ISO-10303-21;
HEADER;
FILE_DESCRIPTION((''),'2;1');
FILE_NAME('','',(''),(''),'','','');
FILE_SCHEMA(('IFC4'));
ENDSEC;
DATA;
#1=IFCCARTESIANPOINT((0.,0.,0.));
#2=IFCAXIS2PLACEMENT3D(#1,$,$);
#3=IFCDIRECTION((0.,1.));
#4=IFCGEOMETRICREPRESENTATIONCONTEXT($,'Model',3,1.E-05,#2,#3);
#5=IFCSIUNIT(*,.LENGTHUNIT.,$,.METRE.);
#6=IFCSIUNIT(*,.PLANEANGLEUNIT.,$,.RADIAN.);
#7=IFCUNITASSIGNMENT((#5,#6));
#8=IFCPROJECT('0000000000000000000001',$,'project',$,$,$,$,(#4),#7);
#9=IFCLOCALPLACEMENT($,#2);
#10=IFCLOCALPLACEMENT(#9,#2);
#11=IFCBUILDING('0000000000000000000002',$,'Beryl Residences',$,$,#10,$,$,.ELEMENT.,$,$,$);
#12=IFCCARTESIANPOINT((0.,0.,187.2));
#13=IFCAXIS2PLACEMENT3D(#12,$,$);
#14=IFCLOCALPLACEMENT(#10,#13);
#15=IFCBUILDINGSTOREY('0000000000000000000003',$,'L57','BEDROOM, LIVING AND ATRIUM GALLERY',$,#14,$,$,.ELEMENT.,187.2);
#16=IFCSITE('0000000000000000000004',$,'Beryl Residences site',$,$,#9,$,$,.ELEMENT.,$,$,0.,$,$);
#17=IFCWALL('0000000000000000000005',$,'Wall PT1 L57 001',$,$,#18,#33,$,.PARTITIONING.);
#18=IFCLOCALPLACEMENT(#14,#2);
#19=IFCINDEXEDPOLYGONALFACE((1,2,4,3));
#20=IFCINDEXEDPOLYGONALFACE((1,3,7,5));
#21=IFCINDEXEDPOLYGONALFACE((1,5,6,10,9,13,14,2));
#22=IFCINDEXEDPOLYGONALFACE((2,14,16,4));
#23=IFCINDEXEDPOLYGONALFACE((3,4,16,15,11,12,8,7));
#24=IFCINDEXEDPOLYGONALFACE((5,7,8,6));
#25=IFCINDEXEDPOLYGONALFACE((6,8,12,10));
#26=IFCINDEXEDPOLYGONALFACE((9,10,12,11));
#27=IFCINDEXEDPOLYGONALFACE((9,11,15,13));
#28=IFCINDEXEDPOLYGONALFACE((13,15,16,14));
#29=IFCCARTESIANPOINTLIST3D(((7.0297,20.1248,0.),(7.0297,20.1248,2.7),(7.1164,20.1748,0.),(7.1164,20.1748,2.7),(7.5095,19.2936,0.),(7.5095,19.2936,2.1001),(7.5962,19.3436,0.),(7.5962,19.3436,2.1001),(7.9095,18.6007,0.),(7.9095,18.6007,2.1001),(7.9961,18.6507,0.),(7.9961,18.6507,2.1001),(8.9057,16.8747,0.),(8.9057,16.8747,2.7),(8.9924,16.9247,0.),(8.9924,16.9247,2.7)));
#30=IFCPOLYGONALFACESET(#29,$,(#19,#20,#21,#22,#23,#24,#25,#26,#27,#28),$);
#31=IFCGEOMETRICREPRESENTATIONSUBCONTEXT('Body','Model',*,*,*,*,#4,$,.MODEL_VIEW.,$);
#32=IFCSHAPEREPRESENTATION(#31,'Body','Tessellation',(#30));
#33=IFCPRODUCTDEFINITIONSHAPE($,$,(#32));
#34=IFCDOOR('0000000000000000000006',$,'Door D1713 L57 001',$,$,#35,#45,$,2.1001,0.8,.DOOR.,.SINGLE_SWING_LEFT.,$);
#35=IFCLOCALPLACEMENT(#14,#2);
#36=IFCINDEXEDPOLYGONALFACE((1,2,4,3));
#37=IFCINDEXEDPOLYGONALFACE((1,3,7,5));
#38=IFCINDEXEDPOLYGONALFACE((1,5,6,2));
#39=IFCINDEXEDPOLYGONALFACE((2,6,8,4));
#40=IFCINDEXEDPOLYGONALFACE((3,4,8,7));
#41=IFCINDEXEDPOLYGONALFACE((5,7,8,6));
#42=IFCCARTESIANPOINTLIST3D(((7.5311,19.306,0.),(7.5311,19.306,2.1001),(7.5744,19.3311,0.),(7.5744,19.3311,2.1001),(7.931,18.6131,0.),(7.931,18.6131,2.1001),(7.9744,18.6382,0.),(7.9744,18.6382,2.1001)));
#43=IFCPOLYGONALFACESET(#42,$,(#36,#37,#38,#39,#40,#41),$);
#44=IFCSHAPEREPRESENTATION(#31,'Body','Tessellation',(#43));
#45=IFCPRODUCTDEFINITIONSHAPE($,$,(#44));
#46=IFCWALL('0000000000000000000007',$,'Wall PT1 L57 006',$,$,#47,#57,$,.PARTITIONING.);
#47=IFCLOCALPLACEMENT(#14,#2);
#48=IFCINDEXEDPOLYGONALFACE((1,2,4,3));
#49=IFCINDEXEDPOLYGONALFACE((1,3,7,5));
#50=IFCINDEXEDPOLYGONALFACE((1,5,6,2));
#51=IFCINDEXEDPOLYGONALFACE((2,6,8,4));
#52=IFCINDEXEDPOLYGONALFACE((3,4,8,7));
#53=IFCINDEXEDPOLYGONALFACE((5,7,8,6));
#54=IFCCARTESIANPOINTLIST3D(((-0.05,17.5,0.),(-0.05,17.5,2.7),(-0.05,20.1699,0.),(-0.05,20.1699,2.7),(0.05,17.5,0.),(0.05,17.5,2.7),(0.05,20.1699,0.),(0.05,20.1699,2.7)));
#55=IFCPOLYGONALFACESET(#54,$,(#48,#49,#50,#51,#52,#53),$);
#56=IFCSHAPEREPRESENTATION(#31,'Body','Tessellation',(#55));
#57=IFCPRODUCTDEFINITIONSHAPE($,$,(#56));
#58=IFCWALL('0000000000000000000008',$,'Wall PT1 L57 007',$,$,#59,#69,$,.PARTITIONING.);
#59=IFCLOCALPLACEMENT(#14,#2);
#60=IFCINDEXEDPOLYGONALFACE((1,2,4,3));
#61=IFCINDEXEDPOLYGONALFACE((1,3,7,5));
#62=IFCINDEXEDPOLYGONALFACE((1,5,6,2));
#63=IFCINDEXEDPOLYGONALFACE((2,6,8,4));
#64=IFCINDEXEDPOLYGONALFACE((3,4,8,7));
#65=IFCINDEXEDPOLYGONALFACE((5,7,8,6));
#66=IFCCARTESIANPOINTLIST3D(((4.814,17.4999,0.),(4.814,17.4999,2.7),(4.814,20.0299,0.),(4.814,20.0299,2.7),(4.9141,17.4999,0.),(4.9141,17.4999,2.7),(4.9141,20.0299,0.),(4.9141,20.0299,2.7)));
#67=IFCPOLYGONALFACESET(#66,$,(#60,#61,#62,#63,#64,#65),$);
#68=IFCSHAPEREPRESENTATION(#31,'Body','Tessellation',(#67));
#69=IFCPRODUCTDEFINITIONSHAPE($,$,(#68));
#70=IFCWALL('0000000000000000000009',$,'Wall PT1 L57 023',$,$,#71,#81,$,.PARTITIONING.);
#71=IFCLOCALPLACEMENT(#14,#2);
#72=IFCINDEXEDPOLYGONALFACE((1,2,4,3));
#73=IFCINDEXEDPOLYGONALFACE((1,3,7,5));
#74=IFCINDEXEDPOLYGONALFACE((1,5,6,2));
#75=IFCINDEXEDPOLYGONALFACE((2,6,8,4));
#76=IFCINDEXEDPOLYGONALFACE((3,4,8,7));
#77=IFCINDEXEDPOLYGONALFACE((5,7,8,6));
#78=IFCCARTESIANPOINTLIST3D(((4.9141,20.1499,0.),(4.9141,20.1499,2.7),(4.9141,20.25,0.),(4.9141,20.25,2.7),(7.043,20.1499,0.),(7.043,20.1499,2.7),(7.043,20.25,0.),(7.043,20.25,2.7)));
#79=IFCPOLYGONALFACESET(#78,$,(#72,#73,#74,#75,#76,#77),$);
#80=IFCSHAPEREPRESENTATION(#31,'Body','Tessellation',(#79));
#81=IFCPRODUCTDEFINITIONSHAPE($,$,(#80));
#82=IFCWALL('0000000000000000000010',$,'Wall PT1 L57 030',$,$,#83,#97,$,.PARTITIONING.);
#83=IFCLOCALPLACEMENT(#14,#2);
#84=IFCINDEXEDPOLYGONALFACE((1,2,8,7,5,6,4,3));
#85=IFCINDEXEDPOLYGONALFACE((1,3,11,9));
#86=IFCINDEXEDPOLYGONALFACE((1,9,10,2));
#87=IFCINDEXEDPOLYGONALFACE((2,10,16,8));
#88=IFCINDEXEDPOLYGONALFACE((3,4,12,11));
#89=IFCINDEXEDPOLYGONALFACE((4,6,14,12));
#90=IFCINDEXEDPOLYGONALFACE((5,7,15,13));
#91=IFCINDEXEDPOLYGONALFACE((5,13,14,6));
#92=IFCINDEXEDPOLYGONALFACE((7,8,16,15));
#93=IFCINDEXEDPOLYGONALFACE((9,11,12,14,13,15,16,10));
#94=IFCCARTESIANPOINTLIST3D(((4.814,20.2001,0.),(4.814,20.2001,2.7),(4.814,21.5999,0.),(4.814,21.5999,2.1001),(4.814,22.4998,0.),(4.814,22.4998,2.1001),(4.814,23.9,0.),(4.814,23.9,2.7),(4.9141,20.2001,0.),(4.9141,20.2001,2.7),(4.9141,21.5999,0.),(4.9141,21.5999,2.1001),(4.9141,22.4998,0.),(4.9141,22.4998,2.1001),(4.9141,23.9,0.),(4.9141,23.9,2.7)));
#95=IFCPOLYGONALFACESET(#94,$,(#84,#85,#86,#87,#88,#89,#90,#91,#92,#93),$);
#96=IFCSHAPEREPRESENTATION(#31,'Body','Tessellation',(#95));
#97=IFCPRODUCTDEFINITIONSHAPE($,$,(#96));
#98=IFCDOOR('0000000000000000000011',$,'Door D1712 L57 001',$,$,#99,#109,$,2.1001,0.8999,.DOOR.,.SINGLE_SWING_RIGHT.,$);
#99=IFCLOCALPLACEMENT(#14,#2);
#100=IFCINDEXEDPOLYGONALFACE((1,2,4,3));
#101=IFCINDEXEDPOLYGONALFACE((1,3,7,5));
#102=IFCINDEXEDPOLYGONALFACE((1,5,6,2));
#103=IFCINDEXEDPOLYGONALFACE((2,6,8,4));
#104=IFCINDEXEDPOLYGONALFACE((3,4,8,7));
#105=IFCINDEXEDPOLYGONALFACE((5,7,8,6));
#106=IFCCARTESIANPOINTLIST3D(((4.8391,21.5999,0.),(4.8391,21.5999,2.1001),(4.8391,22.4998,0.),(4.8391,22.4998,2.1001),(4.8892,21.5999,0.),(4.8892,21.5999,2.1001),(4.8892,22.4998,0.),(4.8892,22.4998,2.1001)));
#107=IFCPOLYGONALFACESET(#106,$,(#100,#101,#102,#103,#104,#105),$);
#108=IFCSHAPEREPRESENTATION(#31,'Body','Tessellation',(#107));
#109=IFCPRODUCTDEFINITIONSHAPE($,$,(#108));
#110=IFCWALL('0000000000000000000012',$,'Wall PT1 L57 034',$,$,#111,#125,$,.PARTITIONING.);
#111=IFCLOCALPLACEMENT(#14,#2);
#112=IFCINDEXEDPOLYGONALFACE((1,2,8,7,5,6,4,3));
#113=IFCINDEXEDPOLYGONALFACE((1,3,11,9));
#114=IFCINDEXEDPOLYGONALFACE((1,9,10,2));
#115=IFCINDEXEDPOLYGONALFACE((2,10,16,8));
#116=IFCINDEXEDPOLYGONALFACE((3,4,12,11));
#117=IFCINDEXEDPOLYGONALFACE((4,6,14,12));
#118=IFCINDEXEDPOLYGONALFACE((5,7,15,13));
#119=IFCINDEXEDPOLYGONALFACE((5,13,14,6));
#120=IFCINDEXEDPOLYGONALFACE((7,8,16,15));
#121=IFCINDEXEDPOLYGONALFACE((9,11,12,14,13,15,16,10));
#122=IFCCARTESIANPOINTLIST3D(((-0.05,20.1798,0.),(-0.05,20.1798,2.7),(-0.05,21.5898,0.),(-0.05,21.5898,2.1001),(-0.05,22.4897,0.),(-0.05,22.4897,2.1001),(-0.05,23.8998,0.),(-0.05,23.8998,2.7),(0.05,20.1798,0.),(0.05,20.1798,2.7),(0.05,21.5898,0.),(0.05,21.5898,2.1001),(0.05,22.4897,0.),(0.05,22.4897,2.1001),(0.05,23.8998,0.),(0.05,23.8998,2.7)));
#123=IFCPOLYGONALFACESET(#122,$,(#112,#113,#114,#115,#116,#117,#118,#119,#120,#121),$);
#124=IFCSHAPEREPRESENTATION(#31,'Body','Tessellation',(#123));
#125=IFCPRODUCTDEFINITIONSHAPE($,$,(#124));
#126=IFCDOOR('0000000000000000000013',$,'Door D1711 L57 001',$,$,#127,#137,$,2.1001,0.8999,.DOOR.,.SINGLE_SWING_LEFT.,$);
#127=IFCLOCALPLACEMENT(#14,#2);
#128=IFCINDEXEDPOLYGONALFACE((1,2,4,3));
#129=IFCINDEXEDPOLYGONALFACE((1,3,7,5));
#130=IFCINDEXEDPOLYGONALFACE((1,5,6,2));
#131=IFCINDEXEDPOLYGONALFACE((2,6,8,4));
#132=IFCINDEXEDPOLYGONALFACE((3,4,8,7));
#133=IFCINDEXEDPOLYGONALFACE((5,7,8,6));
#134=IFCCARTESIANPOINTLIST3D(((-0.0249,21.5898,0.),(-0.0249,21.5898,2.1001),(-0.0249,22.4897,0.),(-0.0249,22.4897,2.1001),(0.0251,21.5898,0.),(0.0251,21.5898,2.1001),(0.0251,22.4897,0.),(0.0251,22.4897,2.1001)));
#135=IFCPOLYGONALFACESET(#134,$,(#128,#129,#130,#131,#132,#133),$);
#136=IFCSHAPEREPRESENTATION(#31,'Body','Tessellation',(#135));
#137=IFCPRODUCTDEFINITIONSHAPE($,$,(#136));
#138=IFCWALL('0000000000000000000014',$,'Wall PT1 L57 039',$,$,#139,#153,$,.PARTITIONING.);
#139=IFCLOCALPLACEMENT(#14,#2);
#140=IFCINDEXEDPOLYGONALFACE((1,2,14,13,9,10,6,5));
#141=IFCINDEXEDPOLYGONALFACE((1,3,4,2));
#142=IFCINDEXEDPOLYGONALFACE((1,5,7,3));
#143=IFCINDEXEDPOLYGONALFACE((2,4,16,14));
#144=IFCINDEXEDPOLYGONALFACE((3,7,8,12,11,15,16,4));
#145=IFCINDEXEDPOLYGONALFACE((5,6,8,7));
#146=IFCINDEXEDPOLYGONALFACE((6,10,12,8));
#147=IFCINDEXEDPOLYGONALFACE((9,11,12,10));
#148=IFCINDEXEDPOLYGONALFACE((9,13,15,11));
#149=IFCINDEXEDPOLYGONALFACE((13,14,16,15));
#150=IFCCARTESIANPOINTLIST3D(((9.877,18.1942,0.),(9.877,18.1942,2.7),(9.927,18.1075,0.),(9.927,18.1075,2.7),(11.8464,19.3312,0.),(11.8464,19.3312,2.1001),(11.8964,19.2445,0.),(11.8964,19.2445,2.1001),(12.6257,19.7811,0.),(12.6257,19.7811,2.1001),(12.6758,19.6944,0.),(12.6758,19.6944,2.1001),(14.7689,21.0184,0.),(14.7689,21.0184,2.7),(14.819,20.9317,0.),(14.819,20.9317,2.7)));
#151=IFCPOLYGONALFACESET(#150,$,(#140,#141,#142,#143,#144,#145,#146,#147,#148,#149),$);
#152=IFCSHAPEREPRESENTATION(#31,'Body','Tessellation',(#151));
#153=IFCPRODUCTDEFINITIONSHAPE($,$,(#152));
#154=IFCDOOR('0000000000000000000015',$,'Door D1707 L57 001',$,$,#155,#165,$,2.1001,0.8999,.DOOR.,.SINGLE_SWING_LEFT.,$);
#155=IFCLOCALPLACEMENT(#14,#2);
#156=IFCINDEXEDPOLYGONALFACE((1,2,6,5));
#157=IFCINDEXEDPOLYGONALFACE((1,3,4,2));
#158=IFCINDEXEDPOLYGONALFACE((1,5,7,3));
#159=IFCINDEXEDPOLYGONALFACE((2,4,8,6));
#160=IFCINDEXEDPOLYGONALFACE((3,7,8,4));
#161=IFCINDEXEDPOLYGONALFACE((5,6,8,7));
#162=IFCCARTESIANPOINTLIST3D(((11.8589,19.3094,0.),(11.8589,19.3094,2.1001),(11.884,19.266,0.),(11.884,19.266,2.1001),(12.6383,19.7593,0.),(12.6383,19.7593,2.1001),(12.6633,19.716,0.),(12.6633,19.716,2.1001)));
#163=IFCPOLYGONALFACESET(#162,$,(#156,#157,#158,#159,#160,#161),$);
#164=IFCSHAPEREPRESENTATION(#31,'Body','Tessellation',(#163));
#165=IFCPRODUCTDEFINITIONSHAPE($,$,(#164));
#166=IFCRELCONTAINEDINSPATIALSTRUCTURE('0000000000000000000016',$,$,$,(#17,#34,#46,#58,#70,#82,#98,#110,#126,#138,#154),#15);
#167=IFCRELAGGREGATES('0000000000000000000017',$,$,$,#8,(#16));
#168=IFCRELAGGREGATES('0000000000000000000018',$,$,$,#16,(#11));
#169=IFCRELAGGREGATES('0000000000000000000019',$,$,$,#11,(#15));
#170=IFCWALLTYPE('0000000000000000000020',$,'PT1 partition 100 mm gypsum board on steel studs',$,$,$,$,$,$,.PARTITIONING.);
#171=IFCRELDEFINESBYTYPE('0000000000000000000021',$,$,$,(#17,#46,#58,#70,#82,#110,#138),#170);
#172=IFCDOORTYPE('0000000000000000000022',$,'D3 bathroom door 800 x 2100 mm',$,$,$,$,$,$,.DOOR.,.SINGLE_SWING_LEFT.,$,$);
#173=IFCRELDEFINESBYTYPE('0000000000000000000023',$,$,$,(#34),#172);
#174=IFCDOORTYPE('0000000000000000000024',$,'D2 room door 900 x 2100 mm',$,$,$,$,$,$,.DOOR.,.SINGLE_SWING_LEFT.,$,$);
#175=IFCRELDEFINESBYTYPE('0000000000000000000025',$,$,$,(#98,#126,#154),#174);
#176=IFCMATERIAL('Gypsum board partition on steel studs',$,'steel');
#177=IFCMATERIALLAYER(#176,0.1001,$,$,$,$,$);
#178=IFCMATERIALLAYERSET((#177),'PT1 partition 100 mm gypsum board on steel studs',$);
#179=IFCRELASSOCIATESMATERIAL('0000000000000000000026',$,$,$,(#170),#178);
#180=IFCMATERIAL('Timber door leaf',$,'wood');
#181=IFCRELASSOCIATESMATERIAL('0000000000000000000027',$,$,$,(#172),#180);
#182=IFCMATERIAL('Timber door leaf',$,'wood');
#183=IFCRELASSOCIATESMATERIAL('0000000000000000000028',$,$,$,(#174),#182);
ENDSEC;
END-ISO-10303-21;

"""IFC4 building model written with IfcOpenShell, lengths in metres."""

from ifc_helpers import new_model, si_unit, direction, frame, frame_2d, origin, place, context, subcontext, project, spatial, rectangle, extrude, material, layer, layer_set, type_object, element, fill, save


model = new_model("IFC4")

# Units and contexts
model_context = context("Model", 3, precision=1e-05, world=origin(), true_north=direction((0.0, 1.0)))
body_context = subcontext(model_context, "Body", "Model", "MODEL_VIEW")
ifc_project = project(units=[si_unit("LENGTHUNIT", "METRE"), si_unit("PLANEANGLEUNIT", "RADIAN")], contexts=[model_context])

# Site, building, storey
site_placement = place(None, origin())
site = spatial("IfcSite", under=ifc_project, at=site_placement, Name="Beryl Residences site", CompositionType="ELEMENT", RefElevation=0.0)
building_placement = place(site_placement, origin())
building = spatial("IfcBuilding", under=site, at=building_placement, Name="Beryl Residences", CompositionType="ELEMENT")
storey_placement = place(building_placement, frame((0.0, 0.0, 187.2)))
storey = spatial("IfcBuildingStorey", under=building, at=storey_placement, Name="L57", Description="BEDROOM, LIVING AND ATRIUM GALLERY", CompositionType="ELEMENT", Elevation=187.2)

# Wall, opening, door
ifc_material_1 = material(Name="Gypsum board partition on steel studs", Category="steel")
ifc_layer_1 = layer(ifc_material_1, 0.1001)
ifc_layer_set_1 = layer_set([ifc_layer_1], Name="PT1 partition 100 mm gypsum board on steel studs")
wall_type_1 = type_object("IfcWallType", Name="PT1 partition 100 mm gypsum board on steel studs", PredefinedType="PARTITIONING", material=ifc_layer_set_1)
wall_1_placement = place(storey_placement, frame((7.073, 20.1499, 0.0), z_axis=(0.0, 0.0, 1.0), x_axis=(0.499918, -0.866073, 0.0)))
wall_1 = element("IfcWall", 1, at=wall_1_placement, inside=storey, type_object=wall_type_1, Name="Wall PT1 L57 001", PredefinedType="PARTITIONING", context=body_context, shape_type="SweptSolid", body=[
    extrude(rectangle(XDim=3.7527, YDim=0.1001, at=frame_2d((1.8765, 0.0))), origin(), (0.0, 0.0, 1.0), 2.7),
])
opening_1_placement = place(wall_1_placement, frame((0.96, 0.0, 0.0)))
opening_1 = element("IfcOpeningElement", 2, at=opening_1_placement, cuts=wall_1, PredefinedType="OPENING", context=body_context, shape_type="SweptSolid", body=[
    extrude(rectangle(XDim=0.8, YDim=2.1001, at=frame_2d((0.3999, 1.05))), frame((0.0, 0.0601, 0.0), z_axis=(0.0, -1.0, 0.0), x_axis=(1.0, 0.0, 0.0)), (0.0, 0.0, 1.0), 0.1201),
])
ifc_material_2 = material(Name="Timber door leaf", Category="wood")
door_type_1 = type_object("IfcDoorType", Name="D3 bathroom door 800 x 2100 mm", OperationType="SINGLE_SWING_LEFT", PredefinedType="DOOR", material=ifc_material_2)
door_1_placement = place(opening_1_placement, origin())
door_1 = element("IfcDoor", 3, at=door_1_placement, inside=storey, type_object=door_type_1, Name="Door D1713 L57 001", OperationType="SINGLE_SWING_LEFT", OverallHeight=2.1001, OverallWidth=0.8, PredefinedType="DOOR", context=body_context, shape_type="SweptSolid", body=[
    extrude(rectangle(XDim=0.8, YDim=2.1001, at=frame_2d((0.3999, 1.05))), frame((0.0, 0.0249, 0.0), z_axis=(0.0, -1.0, 0.0), x_axis=(1.0, 0.0, 0.0)), (0.0, 0.0, 1.0), 0.05),
])
fill(opening_1, door_1)

# Walls
wall_2_placement = place(storey_placement, frame((0.0, 20.1699, 0.0), z_axis=(0.0, 0.0, 1.0), x_axis=(0.0, -1.0, 0.0)))
element("IfcWall", 4, at=wall_2_placement, inside=storey, type_object=wall_type_1, Name="Wall PT1 L57 006", PredefinedType="PARTITIONING", context=body_context, shape_type="SweptSolid", body=[
    extrude(rectangle(XDim=2.6699, YDim=0.1001, at=frame_2d((1.335, 0.0))), origin(), (0.0, 0.0, 1.0), 2.7),
])
wall_3_placement = place(storey_placement, frame((4.864, 20.03, 0.0), z_axis=(0.0, 0.0, 1.0), x_axis=(0.0, -1.0, 0.0)))
element("IfcWall", 5, at=wall_3_placement, inside=storey, type_object=wall_type_1, Name="Wall PT1 L57 007", PredefinedType="PARTITIONING", context=body_context, shape_type="SweptSolid", body=[
    extrude(rectangle(XDim=2.53, YDim=0.1001, at=frame_2d((1.2651, 0.0))), origin(), (0.0, 0.0, 1.0), 2.7),
])
wall_4_placement = place(storey_placement, frame((4.9141, 20.2, 0.0), z_axis=(0.0, 0.0, 1.0), x_axis=(1.0, 0.0, 0.0)))
element("IfcWall", 6, at=wall_4_placement, inside=storey, type_object=wall_type_1, Name="Wall PT1 L57 023", PredefinedType="PARTITIONING", context=body_context, shape_type="SweptSolid", body=[
    extrude(rectangle(XDim=2.1289, YDim=0.1001, at=frame_2d((1.0645, 0.0))), origin(), (0.0, 0.0, 1.0), 2.7),
])

# Walls, openings, doors
wall_5_placement = place(storey_placement, frame((4.864, 20.2, 0.0), z_axis=(0.0, 0.0, 1.0), x_axis=(0.0, 1.0, 0.0)))
wall_5 = element("IfcWall", 7, at=wall_5_placement, inside=storey, type_object=wall_type_1, Name="Wall PT1 L57 030", PredefinedType="PARTITIONING", context=body_context, shape_type="SweptSolid", body=[
    extrude(rectangle(XDim=3.7, YDim=0.1001, at=frame_2d((1.8501, 0.0))), origin(), (0.0, 0.0, 1.0), 2.7),
])
opening_2_placement = place(wall_5_placement, frame((1.3999, 0.0, 0.0)))
opening_2 = element("IfcOpeningElement", 8, at=opening_2_placement, cuts=wall_5, PredefinedType="OPENING", context=body_context, shape_type="SweptSolid", body=[
    extrude(rectangle(XDim=0.8999, YDim=2.1001, at=frame_2d((0.45, 1.05))), frame((0.0, 0.0601, 0.0), z_axis=(0.0, -1.0, 0.0), x_axis=(1.0, 0.0, 0.0)), (0.0, 0.0, 1.0), 0.1201),
])
ifc_material_3 = material(Name="Timber door leaf", Category="wood")
door_type_2 = type_object("IfcDoorType", Name="D2 room door 900 x 2100 mm", OperationType="SINGLE_SWING_LEFT", PredefinedType="DOOR", material=ifc_material_3)
door_2_placement = place(opening_2_placement, origin())
door_2 = element("IfcDoor", 9, at=door_2_placement, inside=storey, type_object=door_type_2, Name="Door D1712 L57 001", OperationType="SINGLE_SWING_RIGHT", OverallHeight=2.1001, OverallWidth=0.8999, PredefinedType="DOOR", context=body_context, shape_type="SweptSolid", body=[
    extrude(rectangle(XDim=0.8999, YDim=2.1001, at=frame_2d((0.45, 1.05))), frame((0.0, 0.0249, 0.0), z_axis=(0.0, -1.0, 0.0), x_axis=(1.0, 0.0, 0.0)), (0.0, 0.0, 1.0), 0.05),
])
fill(opening_2, door_2)
wall_6_placement = place(storey_placement, frame((0.0, 20.1799, 0.0), z_axis=(0.0, 0.0, 1.0), x_axis=(0.0, 1.0, 0.0)))
wall_6 = element("IfcWall", 10, at=wall_6_placement, inside=storey, type_object=wall_type_1, Name="Wall PT1 L57 034", PredefinedType="PARTITIONING", context=body_context, shape_type="SweptSolid", body=[
    extrude(rectangle(XDim=3.72, YDim=0.1001, at=frame_2d((1.8599, 0.0))), origin(), (0.0, 0.0, 1.0), 2.7),
])
opening_3_placement = place(wall_6_placement, frame((1.4099, 0.0, 0.0)))
opening_3 = element("IfcOpeningElement", 11, at=opening_3_placement, cuts=wall_6, PredefinedType="OPENING", context=body_context, shape_type="SweptSolid", body=[
    extrude(rectangle(XDim=0.8999, YDim=2.1001, at=frame_2d((0.45, 1.05))), frame((0.0, 0.0601, 0.0), z_axis=(0.0, -1.0, 0.0), x_axis=(1.0, 0.0, 0.0)), (0.0, 0.0, 1.0), 0.1201),
])
door_3_placement = place(opening_3_placement, origin())
door_3 = element("IfcDoor", 12, at=door_3_placement, inside=storey, type_object=door_type_2, Name="Door D1711 L57 001", OperationType="SINGLE_SWING_LEFT", OverallHeight=2.1001, OverallWidth=0.8999, PredefinedType="DOOR", context=body_context, shape_type="SweptSolid", body=[
    extrude(rectangle(XDim=0.8999, YDim=2.1001, at=frame_2d((0.45, 1.05))), frame((0.0, 0.0249, 0.0), z_axis=(0.0, -1.0, 0.0), x_axis=(1.0, 0.0, 0.0)), (0.0, 0.0, 1.0), 0.05),
])
fill(opening_3, door_3)
wall_7_placement = place(storey_placement, frame((9.9021, 18.1509, 0.0), z_axis=(0.0, 0.0, 1.0), x_axis=(0.866032, 0.499988, 0.0)))
wall_7 = element("IfcWall", 13, at=wall_7_placement, inside=storey, type_object=wall_type_1, Name="Wall PT1 L57 039", PredefinedType="PARTITIONING", context=body_context, shape_type="SweptSolid", body=[
    extrude(rectangle(XDim=5.6487, YDim=0.1001, at=frame_2d((2.8242, 0.0))), origin(), (0.0, 0.0, 1.0), 2.7),
])
opening_4_placement = place(wall_7_placement, frame((2.2739, 0.0, 0.0)))
opening_4 = element("IfcOpeningElement", 14, at=opening_4_placement, cuts=wall_7, PredefinedType="OPENING", context=body_context, shape_type="SweptSolid", body=[
    extrude(rectangle(XDim=0.8999, YDim=2.1001, at=frame_2d((0.45, 1.05))), frame((0.0, 0.0601, 0.0), z_axis=(0.0, -1.0, 0.0), x_axis=(1.0, 0.0, 0.0)), (0.0, 0.0, 1.0), 0.1201),
])
door_4_placement = place(opening_4_placement, origin())
door_4 = element("IfcDoor", 15, at=door_4_placement, inside=storey, type_object=door_type_2, Name="Door D1707 L57 001", OperationType="SINGLE_SWING_LEFT", OverallHeight=2.1001, OverallWidth=0.8999, PredefinedType="DOOR", context=body_context, shape_type="SweptSolid", body=[
    extrude(rectangle(XDim=0.8999, YDim=2.1001, at=frame_2d((0.45, 1.05))), frame((0.0, 0.0249, 0.0), z_axis=(0.0, -1.0, 0.0), x_axis=(1.0, 0.0, 0.0)), (0.0, 0.0, 1.0), 0.05),
])
fill(opening_4, door_4)

save(model, "model.ifc")
